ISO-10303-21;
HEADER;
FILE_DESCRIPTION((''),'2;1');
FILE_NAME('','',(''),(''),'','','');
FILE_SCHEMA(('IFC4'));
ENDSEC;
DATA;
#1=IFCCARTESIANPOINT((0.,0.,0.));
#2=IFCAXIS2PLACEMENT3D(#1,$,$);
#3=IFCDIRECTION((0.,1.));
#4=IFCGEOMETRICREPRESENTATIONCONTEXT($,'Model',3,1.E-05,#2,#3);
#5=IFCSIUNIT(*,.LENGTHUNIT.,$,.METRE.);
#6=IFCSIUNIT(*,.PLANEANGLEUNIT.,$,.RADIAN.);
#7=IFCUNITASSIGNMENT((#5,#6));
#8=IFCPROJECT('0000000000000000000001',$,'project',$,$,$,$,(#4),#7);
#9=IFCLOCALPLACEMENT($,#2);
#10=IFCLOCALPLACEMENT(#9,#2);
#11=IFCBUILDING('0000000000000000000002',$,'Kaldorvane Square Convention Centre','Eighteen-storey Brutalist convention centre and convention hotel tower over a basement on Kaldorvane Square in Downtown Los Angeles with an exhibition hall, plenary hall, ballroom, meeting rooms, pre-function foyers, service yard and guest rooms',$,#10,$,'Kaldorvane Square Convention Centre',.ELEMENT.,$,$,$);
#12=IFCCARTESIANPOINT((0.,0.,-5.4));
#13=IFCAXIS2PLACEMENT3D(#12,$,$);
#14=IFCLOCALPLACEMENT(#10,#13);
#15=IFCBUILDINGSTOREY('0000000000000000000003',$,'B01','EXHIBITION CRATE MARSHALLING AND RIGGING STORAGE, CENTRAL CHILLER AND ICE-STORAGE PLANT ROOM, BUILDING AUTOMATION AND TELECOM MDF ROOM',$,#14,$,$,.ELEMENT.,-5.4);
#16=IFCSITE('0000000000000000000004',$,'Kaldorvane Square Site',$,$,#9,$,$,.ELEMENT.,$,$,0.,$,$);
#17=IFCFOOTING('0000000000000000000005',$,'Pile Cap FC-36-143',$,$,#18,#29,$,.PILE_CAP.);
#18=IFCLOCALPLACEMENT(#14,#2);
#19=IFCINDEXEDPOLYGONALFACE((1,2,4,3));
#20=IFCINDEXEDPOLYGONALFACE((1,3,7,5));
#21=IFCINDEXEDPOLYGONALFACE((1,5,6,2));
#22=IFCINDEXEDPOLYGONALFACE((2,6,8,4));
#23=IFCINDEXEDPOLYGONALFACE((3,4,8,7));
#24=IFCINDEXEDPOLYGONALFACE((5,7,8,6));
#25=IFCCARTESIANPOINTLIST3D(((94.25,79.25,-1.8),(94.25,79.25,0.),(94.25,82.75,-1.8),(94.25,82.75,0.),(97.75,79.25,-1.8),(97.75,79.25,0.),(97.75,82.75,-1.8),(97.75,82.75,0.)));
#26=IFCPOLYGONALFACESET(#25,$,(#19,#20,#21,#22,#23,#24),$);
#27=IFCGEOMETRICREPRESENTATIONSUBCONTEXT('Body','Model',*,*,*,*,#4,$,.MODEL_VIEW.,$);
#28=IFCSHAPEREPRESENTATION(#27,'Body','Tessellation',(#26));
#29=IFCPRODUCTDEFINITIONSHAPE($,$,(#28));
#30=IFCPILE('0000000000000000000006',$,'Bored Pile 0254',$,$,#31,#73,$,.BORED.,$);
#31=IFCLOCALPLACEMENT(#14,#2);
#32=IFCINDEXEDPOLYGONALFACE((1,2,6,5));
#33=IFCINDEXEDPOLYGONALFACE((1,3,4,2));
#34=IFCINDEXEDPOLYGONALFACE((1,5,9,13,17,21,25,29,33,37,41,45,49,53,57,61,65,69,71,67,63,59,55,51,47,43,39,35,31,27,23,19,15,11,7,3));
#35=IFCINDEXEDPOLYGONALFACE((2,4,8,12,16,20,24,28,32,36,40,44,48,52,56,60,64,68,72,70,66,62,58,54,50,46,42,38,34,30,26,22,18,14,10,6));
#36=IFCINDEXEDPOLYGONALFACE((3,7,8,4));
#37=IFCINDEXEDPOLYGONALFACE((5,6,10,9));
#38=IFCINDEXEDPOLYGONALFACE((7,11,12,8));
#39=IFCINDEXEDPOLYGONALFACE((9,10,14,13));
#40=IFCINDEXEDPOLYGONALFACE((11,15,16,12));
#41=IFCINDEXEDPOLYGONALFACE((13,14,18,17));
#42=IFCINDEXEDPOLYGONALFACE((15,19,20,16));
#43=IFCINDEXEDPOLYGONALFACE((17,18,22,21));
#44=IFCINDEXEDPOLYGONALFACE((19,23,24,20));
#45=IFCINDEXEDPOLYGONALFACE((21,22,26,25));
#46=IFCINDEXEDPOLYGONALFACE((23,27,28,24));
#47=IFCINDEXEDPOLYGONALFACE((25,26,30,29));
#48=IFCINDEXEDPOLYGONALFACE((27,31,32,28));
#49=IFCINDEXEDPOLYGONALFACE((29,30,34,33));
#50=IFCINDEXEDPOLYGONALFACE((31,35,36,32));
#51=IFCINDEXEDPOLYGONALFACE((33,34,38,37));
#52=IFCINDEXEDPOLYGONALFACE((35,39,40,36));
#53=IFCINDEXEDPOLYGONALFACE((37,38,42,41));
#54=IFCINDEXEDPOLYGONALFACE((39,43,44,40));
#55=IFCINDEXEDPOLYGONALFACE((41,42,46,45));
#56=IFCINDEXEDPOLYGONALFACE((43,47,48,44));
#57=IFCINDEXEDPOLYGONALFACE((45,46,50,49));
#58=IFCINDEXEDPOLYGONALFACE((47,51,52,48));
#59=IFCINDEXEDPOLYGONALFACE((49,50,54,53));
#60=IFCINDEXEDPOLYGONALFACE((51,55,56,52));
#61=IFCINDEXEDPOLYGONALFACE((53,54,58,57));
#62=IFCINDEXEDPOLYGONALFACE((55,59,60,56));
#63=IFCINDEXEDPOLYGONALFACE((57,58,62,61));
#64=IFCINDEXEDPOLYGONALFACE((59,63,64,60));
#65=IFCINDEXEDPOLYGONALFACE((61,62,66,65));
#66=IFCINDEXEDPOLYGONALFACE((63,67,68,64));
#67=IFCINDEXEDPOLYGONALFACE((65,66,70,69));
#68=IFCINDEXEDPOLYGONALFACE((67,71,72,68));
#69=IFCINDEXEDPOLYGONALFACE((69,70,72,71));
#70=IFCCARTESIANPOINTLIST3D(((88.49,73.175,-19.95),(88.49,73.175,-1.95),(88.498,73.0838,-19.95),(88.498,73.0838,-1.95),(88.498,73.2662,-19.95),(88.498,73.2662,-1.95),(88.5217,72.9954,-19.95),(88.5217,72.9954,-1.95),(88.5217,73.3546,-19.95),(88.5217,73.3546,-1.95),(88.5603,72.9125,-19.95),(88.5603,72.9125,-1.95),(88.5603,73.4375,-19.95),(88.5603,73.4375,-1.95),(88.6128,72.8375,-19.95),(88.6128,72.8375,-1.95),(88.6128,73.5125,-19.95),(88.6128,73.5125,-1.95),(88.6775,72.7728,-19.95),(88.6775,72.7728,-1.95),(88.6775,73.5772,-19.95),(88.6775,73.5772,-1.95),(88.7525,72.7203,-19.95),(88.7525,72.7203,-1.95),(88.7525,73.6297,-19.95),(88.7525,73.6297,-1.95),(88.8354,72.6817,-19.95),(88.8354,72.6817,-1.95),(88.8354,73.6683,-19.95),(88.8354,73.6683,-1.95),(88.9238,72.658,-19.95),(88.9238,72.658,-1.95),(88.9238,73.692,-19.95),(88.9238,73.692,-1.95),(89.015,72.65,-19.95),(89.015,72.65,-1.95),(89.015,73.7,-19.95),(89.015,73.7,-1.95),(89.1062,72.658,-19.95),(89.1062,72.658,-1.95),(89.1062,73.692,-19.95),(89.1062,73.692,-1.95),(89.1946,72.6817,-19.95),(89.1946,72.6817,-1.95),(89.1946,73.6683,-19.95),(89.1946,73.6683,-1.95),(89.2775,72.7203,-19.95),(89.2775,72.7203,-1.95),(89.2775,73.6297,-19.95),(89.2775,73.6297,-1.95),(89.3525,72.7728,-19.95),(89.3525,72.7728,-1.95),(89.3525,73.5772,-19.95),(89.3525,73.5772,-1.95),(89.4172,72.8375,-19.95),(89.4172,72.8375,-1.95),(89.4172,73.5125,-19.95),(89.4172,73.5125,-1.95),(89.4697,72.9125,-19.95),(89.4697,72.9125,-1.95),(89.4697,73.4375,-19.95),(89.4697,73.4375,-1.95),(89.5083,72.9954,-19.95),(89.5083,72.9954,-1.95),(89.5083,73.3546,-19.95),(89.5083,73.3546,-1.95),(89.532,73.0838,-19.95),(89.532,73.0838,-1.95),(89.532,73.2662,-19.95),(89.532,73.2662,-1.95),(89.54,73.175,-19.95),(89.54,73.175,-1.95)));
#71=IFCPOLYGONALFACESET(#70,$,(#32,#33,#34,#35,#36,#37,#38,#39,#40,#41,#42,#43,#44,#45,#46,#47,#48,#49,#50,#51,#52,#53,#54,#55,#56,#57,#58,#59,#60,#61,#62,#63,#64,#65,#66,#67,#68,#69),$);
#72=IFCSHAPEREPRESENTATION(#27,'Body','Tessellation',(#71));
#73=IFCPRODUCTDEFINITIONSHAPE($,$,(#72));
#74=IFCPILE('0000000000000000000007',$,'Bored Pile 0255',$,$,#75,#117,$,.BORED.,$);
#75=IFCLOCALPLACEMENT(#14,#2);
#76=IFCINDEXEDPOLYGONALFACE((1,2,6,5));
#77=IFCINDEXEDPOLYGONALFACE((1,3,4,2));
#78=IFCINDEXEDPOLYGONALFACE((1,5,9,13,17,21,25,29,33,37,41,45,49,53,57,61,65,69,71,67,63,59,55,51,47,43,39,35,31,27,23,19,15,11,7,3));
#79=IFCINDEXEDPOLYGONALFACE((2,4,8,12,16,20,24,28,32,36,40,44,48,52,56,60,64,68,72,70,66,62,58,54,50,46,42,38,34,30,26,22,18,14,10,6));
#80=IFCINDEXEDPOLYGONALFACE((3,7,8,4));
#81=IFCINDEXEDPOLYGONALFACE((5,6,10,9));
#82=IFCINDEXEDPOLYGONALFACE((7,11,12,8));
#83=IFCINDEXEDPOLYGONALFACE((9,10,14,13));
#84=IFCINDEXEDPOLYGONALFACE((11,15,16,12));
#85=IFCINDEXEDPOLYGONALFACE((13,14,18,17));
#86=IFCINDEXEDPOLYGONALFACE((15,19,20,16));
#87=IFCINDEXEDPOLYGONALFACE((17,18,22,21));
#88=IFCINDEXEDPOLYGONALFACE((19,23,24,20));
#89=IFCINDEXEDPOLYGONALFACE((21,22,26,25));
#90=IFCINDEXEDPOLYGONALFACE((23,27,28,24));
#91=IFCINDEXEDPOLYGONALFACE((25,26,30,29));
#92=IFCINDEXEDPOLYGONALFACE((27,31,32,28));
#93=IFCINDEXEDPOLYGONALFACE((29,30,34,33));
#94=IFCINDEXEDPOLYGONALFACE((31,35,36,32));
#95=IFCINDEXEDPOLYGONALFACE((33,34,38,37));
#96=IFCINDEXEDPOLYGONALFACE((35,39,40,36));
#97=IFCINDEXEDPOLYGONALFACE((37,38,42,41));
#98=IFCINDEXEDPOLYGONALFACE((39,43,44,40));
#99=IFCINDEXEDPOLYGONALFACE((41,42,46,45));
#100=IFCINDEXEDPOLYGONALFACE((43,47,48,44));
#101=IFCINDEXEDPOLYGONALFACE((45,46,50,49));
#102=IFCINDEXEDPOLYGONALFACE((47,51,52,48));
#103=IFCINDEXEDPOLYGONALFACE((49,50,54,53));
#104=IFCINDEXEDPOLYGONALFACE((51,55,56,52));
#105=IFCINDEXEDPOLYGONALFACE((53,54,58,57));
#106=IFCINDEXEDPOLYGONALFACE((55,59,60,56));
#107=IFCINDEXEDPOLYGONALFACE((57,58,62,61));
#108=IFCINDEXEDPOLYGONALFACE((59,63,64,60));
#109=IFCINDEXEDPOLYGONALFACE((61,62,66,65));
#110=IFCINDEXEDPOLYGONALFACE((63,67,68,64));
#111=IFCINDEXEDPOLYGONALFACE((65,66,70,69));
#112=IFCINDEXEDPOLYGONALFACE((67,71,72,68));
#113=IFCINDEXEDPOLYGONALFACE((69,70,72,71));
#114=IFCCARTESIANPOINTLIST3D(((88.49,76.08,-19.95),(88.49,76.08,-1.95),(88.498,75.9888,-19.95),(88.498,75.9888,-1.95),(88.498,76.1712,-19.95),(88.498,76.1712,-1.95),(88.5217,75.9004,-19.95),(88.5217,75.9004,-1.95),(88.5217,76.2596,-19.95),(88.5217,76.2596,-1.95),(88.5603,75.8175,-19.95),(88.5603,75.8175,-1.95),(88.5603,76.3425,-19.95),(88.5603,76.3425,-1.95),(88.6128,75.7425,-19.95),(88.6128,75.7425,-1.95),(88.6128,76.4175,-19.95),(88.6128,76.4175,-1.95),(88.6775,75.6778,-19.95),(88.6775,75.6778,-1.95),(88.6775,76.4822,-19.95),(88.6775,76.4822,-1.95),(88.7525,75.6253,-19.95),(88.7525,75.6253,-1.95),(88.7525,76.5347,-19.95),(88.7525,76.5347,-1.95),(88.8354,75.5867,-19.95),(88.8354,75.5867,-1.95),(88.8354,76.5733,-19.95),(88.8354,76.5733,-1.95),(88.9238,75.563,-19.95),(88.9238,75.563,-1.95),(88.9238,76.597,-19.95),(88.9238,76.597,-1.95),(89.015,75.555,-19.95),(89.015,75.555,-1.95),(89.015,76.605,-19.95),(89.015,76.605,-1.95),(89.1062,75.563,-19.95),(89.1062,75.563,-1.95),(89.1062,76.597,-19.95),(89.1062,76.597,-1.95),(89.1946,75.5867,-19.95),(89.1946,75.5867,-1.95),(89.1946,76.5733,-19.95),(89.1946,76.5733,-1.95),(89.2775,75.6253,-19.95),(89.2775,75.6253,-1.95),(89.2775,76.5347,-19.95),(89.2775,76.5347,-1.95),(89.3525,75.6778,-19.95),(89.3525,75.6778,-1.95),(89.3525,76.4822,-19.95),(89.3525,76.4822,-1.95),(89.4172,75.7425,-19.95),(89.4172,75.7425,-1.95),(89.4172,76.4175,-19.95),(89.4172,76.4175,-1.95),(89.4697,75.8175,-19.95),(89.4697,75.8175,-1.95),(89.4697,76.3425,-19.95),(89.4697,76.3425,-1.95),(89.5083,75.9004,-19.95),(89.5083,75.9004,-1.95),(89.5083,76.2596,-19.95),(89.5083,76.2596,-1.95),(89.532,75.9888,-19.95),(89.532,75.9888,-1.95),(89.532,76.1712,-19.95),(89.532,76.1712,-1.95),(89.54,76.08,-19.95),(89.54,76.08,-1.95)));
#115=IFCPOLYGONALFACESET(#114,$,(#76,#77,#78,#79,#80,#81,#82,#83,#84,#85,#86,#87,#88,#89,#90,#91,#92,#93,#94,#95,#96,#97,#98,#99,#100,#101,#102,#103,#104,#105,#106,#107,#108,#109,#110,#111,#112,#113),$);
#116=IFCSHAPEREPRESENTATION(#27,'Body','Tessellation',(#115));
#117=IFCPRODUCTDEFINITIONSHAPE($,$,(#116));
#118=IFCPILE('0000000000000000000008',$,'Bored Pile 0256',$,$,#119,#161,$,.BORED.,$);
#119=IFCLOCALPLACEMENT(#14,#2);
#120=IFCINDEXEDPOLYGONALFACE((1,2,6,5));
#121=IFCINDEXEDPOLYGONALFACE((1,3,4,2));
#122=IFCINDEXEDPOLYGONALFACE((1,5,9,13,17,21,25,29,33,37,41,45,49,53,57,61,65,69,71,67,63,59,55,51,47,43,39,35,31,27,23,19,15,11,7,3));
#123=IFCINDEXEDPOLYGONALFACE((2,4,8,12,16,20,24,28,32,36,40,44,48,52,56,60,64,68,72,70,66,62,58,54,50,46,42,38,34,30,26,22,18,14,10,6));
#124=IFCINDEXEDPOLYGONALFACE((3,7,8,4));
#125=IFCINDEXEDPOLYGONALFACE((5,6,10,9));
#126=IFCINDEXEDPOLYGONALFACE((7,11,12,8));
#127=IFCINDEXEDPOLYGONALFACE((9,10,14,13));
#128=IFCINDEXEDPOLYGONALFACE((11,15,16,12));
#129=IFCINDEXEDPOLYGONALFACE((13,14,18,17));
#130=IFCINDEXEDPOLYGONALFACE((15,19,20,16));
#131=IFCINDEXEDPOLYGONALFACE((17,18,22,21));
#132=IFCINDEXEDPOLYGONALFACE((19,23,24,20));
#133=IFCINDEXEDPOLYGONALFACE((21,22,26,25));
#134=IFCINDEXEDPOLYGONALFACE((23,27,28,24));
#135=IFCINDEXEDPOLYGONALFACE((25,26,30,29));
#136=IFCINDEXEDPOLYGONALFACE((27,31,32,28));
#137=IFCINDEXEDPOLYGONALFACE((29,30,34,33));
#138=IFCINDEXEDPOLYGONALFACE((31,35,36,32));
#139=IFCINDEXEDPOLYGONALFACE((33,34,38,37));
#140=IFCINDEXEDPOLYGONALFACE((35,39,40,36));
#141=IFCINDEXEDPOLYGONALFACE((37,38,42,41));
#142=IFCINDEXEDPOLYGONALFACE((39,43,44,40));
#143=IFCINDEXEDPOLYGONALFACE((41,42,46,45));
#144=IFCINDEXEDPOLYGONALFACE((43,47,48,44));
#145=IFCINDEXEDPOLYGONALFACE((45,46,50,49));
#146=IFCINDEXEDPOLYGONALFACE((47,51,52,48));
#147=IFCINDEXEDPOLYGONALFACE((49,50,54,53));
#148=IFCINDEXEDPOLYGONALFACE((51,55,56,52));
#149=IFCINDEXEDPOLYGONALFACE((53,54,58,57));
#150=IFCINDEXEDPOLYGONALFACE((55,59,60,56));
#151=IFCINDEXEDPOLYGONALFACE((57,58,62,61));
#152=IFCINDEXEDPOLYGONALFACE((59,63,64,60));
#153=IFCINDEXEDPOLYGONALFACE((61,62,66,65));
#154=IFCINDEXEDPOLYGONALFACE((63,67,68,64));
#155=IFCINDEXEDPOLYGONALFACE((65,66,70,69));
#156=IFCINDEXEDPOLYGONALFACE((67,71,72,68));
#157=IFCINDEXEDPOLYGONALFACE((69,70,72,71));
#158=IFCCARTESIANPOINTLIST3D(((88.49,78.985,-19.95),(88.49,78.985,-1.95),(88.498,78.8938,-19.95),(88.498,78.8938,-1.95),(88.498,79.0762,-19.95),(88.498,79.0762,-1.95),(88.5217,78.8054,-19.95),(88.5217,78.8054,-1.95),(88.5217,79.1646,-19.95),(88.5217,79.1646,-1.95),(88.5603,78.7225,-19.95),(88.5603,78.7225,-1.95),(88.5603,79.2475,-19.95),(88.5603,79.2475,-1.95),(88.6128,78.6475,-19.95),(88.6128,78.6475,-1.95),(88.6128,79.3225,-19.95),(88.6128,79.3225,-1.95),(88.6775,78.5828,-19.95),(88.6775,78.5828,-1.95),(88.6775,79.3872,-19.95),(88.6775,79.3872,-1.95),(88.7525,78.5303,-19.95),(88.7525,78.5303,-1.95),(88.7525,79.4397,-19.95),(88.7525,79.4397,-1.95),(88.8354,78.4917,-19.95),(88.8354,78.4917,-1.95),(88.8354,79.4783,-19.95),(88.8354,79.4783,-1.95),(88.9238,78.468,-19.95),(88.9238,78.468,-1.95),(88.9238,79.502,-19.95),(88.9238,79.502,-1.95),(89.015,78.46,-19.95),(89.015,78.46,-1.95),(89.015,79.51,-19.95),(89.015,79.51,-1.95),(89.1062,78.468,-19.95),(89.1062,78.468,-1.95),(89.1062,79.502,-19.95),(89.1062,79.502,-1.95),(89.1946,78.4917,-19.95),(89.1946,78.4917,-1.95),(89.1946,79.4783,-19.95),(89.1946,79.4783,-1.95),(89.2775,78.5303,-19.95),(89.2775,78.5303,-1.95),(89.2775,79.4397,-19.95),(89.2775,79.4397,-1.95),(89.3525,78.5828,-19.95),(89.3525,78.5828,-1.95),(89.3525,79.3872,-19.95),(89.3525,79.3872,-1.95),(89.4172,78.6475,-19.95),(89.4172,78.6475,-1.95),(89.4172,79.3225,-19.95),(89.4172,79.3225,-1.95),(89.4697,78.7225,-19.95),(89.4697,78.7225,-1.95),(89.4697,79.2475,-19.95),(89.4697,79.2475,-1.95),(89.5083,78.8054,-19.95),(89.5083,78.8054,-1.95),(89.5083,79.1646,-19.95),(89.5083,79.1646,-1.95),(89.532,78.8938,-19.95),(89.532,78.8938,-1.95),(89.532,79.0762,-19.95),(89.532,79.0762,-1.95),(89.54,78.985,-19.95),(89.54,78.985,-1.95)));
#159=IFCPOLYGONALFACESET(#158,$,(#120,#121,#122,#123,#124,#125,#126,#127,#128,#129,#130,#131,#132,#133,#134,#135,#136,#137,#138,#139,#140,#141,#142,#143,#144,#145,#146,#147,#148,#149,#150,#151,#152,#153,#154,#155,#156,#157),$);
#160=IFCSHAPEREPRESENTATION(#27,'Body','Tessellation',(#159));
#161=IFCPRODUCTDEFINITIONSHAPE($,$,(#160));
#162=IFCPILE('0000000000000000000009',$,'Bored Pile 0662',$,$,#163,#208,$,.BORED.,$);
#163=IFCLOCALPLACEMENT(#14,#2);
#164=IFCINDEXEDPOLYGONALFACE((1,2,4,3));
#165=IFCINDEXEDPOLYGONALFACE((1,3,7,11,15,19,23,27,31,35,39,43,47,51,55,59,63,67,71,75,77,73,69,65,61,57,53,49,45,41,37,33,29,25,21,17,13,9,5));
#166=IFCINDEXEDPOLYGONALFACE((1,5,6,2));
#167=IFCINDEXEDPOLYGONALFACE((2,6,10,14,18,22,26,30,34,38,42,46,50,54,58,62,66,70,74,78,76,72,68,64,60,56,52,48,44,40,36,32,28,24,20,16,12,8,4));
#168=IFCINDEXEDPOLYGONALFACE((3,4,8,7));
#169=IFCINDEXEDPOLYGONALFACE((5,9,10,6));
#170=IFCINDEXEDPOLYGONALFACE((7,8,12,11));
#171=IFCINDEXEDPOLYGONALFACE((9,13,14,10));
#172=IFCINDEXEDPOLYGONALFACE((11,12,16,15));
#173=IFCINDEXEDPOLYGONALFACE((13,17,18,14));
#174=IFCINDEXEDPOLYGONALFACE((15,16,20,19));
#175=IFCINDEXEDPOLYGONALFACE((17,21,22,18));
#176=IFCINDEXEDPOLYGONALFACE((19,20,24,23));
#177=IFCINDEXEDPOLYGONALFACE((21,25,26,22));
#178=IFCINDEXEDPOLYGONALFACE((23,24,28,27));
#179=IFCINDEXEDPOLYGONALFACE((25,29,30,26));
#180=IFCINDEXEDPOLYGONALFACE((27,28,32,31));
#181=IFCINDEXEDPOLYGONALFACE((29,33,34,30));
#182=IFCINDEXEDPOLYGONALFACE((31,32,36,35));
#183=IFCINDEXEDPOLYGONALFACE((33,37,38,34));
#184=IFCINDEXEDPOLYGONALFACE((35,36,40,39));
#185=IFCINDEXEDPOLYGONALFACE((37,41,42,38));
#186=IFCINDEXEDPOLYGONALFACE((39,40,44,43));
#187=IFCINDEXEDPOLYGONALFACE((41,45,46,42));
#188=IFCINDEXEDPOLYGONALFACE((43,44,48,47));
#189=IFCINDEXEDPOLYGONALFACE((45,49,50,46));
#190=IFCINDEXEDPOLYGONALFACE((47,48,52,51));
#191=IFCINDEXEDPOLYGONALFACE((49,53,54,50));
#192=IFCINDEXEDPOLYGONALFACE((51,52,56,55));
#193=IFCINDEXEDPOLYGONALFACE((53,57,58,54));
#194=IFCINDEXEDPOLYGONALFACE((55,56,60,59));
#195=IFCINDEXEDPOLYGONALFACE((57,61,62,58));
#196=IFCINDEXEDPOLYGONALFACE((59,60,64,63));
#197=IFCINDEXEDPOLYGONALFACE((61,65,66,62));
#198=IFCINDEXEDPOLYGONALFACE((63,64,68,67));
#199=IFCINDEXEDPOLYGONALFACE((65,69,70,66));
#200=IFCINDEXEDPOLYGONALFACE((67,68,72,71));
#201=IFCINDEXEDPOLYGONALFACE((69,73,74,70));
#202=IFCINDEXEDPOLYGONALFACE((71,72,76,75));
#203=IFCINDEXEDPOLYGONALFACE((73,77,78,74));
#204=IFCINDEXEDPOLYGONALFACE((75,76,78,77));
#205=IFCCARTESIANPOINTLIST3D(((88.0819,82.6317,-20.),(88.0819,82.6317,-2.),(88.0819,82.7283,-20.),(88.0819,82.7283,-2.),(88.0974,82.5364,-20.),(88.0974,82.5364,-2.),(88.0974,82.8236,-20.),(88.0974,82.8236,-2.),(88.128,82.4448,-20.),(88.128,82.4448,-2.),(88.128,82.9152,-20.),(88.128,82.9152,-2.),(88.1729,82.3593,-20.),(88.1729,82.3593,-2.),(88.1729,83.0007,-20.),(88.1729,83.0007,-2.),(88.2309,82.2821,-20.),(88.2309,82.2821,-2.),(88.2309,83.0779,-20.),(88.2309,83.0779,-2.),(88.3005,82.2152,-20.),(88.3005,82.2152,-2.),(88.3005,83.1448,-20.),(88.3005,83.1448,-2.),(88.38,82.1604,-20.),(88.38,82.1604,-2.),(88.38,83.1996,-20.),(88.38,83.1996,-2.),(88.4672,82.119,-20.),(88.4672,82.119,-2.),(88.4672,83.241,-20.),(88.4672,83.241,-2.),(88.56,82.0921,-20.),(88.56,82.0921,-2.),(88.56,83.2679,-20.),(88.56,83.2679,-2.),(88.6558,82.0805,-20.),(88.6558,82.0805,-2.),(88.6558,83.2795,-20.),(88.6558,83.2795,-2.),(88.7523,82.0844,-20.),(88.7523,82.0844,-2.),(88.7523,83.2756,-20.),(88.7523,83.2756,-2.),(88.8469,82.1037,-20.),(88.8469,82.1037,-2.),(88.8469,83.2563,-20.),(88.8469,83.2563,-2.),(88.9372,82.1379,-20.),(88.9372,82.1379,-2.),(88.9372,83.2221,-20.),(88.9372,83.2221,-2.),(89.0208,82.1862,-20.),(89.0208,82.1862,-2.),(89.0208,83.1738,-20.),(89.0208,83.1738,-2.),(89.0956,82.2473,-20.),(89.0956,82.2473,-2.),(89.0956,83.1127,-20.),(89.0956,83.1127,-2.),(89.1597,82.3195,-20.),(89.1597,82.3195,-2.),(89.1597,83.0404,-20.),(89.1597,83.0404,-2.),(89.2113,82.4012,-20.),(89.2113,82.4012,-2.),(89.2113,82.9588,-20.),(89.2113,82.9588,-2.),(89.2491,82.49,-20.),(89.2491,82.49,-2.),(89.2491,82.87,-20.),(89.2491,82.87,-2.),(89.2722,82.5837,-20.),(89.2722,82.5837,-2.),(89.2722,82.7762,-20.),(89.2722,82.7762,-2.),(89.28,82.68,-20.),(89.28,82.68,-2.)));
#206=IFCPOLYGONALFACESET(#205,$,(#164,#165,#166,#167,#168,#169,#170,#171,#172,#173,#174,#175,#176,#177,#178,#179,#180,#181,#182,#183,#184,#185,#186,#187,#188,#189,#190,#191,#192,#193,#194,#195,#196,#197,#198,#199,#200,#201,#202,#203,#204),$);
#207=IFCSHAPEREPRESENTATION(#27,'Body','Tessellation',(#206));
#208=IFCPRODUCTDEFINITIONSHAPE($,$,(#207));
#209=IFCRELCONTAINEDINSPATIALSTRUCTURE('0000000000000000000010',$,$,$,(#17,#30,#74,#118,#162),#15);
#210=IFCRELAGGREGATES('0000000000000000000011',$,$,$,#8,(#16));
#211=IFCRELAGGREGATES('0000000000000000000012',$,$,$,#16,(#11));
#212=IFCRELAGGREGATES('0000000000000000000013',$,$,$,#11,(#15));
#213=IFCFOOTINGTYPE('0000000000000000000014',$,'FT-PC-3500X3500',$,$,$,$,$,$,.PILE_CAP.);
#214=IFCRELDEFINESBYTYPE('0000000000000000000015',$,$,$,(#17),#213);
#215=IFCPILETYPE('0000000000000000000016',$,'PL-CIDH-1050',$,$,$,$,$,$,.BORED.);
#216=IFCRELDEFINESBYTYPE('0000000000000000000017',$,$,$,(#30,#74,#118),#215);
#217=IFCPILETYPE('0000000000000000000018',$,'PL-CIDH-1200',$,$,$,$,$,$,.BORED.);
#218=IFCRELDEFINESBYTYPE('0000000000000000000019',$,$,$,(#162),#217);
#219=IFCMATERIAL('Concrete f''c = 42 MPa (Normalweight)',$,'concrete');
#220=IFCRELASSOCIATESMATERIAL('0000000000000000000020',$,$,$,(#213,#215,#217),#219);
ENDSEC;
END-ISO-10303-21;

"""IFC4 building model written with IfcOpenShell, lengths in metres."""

from ifc_helpers import new_model, si_unit, direction, frame, origin, origin_2d, place, context, subcontext, project, spatial, rectangle, circle, extrude, material, material_profile, profile_set, type_object, element, save


model = new_model("IFC4")

# Units and contexts
model_context = context("Model", 3, precision=1e-05, world=origin(), true_north=direction((0.0, 1.0)))
body_context = subcontext(model_context, "Body", "Model", "MODEL_VIEW")
ifc_project = project(units=[si_unit("LENGTHUNIT", "METRE"), si_unit("PLANEANGLEUNIT", "RADIAN")], contexts=[model_context])

# Site, building, storey
site_placement = place(None, origin())
site = spatial("IfcSite", under=ifc_project, at=site_placement, Name="Kaldorvane Square Site", CompositionType="ELEMENT", RefElevation=0.0)
building_placement = place(site_placement, origin())
building = spatial("IfcBuilding", under=site, at=building_placement, Name="Kaldorvane Square Convention Centre", Description="Eighteen-storey Brutalist convention centre and convention hotel tower over a basement on Kaldorvane Square in Downtown Los Angeles with an exhibition hall, plenary hall, ballroom, meeting rooms, pre-function foyers, service yard and guest rooms", LongName="Kaldorvane Square Convention Centre", CompositionType="ELEMENT")
storey_placement = place(building_placement, frame((0.0, 0.0, -5.4)))
storey = spatial("IfcBuildingStorey", under=building, at=storey_placement, Name="B01", Description="EXHIBITION CRATE MARSHALLING AND RIGGING STORAGE, CENTRAL CHILLER AND ICE-STORAGE PLANT ROOM, BUILDING AUTOMATION AND TELECOM MDF ROOM", CompositionType="ELEMENT", Elevation=-5.4)

# Footing
ifc_material_1 = material(Name="Concrete f'c = 42 MPa (Normalweight)", Category="concrete")
footing_type = type_object("IfcFootingType", Name="FT-PC-3500X3500", PredefinedType="PILE_CAP", material=ifc_material_1)
footing_placement = place(storey_placement, frame((96.0, 81.0, -1.8), z_axis=(0.0, 0.0, 1.0), x_axis=(1.0, 0.0, 0.0)))
element("IfcFooting", 1, at=footing_placement, inside=storey, type_object=footing_type, Name="Pile Cap FC-36-143", PredefinedType="PILE_CAP", context=body_context, shape_type="SweptSolid", body=[
    extrude(rectangle(XDim=3.5, YDim=3.5, at=origin_2d()), origin(), (0.0, 0.0, 1.0), 1.8),
])

# Piles
ifc_material_profile_1 = material_profile(ifc_material_1, circle(Radius=0.525, at=origin_2d()), Name="PILE-D1050")
ifc_profile_set_1 = profile_set([ifc_material_profile_1], Name="Concrete f'c = 42 MPa (Normalweight)")
pile_type_1 = type_object("IfcPileType", Name="PL-CIDH-1050", PredefinedType="BORED", material=ifc_profile_set_1)
for number, where, z_axis, x_axis, name in (
    (2, (89.015, 73.175, -1.95), (0.0, 0.0, -1.0), (1.0, 0.0, 0.0), "Bored Pile 0254"),
    (3, (89.015, 76.08, -1.95), (0.0, 0.0, -1.0), (1.0, 0.0, 0.0), "Bored Pile 0255"),
    (4, (89.015, 78.985, -1.95), (0.0, 0.0, -1.0), (1.0, 0.0, 0.0), "Bored Pile 0256"),
):
    element("IfcPile", number, at=place(storey_placement, frame(where, z_axis=z_axis, x_axis=x_axis)), inside=storey, type_object=pile_type_1, Name=name, PredefinedType="BORED", context=body_context, shape_type="SweptSolid", body=[
        extrude(circle(Radius=0.525, at=origin_2d()), origin(), (0.0, 0.0, 1.0), 18.0),
    ])
ifc_material_profile_2 = material_profile(ifc_material_1, circle(Radius=0.6, at=origin_2d()), Name="PILE-D1200")
ifc_profile_set_2 = profile_set([ifc_material_profile_2], Name="Concrete f'c = 42 MPa (Normalweight)")
pile_type_2 = type_object("IfcPileType", Name="PL-CIDH-1200", PredefinedType="BORED", material=ifc_profile_set_2)
for number, where, z_axis, x_axis, name in (
    (5, (88.68, 82.68, -2.0), (0.0, 0.0, -1.0), (1.0, 0.0, 0.0), "Bored Pile 0662"),
):
    element("IfcPile", number, at=place(storey_placement, frame(where, z_axis=z_axis, x_axis=x_axis)), inside=storey, type_object=pile_type_2, Name=name, PredefinedType="BORED", context=body_context, shape_type="SweptSolid", body=[
        extrude(circle(Radius=0.6, at=origin_2d()), origin(), (0.0, 0.0, 1.0), 18.0),
    ])

save(model, "model.ifc")
